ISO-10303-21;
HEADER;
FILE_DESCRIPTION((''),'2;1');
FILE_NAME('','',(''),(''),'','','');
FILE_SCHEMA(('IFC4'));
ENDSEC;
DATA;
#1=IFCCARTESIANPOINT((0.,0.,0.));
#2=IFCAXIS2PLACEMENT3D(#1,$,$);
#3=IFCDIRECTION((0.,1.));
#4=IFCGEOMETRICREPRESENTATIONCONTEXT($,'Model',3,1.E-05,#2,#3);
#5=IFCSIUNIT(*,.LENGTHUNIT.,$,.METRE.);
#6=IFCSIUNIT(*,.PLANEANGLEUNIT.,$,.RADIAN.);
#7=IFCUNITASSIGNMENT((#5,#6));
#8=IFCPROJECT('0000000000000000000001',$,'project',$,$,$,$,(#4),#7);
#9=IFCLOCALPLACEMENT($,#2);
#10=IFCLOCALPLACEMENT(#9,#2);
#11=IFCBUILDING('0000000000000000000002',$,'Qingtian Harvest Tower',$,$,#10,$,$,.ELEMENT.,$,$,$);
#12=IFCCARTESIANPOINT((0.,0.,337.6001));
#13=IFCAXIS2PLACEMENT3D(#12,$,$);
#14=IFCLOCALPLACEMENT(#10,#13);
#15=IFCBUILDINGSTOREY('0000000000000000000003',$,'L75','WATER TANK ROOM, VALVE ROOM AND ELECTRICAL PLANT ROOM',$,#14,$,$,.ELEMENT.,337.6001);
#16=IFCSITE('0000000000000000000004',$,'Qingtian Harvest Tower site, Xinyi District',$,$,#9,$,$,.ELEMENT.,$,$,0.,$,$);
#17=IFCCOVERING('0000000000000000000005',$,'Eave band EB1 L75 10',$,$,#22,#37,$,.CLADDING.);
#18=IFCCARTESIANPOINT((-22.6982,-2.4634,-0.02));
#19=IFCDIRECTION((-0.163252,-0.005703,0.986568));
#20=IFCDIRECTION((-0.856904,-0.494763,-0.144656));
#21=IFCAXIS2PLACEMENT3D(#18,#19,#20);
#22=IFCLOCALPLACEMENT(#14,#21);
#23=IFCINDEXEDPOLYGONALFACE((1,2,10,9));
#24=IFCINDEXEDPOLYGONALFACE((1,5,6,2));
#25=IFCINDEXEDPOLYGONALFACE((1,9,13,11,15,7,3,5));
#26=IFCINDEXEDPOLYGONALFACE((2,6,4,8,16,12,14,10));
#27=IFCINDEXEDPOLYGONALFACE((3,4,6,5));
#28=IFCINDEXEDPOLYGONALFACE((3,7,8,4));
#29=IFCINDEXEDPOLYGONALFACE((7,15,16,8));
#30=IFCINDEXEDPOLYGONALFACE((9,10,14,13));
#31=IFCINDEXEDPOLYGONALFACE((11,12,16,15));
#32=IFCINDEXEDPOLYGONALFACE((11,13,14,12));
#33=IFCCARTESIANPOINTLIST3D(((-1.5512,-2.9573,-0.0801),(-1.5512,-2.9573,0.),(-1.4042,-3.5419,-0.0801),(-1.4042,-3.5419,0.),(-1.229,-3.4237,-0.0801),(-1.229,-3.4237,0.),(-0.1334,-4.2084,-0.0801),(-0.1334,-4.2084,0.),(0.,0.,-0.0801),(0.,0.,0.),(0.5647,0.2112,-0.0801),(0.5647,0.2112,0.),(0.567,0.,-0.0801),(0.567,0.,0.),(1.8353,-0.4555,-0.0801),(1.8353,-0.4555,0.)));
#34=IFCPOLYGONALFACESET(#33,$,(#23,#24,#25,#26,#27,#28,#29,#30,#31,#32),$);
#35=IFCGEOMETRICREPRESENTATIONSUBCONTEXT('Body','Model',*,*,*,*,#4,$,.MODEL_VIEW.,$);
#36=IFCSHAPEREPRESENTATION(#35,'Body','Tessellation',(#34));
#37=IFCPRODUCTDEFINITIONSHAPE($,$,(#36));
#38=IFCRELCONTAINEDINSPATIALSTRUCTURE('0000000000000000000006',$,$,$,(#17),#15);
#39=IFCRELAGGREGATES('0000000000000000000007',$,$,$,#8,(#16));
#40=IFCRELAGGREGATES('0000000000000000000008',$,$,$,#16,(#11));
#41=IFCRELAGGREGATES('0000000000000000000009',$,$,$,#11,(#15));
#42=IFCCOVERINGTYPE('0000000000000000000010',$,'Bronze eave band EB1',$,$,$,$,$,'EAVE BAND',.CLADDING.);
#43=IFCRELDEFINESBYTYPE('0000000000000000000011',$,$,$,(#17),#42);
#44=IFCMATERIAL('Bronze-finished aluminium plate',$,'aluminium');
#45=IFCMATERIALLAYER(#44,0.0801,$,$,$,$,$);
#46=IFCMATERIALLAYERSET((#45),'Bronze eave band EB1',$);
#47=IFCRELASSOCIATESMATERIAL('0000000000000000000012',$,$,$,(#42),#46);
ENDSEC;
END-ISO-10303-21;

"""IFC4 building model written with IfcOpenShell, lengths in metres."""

from ifc_helpers import new_model, si_unit, direction, frame, origin, place, context, subcontext, project, spatial, polyline, outline, extrude, material, layer, layer_set, type_object, element, save


model = new_model("IFC4")

# Units and contexts
model_context = context("Model", 3, precision=1e-05, world=origin(), true_north=direction((0.0, 1.0)))
body_context = subcontext(model_context, "Body", "Model", "MODEL_VIEW")
ifc_project = project(units=[si_unit("LENGTHUNIT", "METRE"), si_unit("PLANEANGLEUNIT", "RADIAN")], contexts=[model_context])

# Site, building, storey
site_placement = place(None, origin())
site = spatial("IfcSite", under=ifc_project, at=site_placement, Name="Qingtian Harvest Tower site, Xinyi District", CompositionType="ELEMENT", RefElevation=0.0)
building_placement = place(site_placement, origin())
building = spatial("IfcBuilding", under=site, at=building_placement, Name="Qingtian Harvest Tower", CompositionType="ELEMENT")
storey_placement = place(building_placement, frame((0.0, 0.0, 337.6001)))
storey = spatial("IfcBuildingStorey", under=building, at=storey_placement, Name="L75", Description="WATER TANK ROOM, VALVE ROOM AND ELECTRICAL PLANT ROOM", CompositionType="ELEMENT", Elevation=337.6001)

# Covering
ifc_material_1 = material(Name="Bronze-finished aluminium plate", Category="aluminium")
ifc_layer_1 = layer(ifc_material_1, 0.0801)
ifc_layer_set_1 = layer_set([ifc_layer_1], Name="Bronze eave band EB1")
covering_type = type_object("IfcCoveringType", Name="Bronze eave band EB1", ElementType="EAVE BAND", PredefinedType="CLADDING", material=ifc_layer_set_1)
covering_placement = place(storey_placement, frame((-22.6982, -2.4634, -0.02), z_axis=(-0.163252, -0.005703, 0.986568), x_axis=(-0.856904, -0.494763, -0.144656)))
element("IfcCovering", 1, at=covering_placement, inside=storey, type_object=covering_type, Name="Eave band EB1 L75 10", PredefinedType="CLADDING", context=body_context, shape_type="SweptSolid", body=[
    extrude(outline(polyline([(0.0, 0.0), (0.567, 0.0), (0.5647, 0.2112), (1.8353, -0.4555), (-0.1334, -4.2084), (-1.4042, -3.5419), (-1.229, -3.4237), (-1.5512, -2.9573), (0.0, 0.0)])), origin(), (0.0, 0.0, -1.0), 0.0801),
])

save(model, "model.ifc")
